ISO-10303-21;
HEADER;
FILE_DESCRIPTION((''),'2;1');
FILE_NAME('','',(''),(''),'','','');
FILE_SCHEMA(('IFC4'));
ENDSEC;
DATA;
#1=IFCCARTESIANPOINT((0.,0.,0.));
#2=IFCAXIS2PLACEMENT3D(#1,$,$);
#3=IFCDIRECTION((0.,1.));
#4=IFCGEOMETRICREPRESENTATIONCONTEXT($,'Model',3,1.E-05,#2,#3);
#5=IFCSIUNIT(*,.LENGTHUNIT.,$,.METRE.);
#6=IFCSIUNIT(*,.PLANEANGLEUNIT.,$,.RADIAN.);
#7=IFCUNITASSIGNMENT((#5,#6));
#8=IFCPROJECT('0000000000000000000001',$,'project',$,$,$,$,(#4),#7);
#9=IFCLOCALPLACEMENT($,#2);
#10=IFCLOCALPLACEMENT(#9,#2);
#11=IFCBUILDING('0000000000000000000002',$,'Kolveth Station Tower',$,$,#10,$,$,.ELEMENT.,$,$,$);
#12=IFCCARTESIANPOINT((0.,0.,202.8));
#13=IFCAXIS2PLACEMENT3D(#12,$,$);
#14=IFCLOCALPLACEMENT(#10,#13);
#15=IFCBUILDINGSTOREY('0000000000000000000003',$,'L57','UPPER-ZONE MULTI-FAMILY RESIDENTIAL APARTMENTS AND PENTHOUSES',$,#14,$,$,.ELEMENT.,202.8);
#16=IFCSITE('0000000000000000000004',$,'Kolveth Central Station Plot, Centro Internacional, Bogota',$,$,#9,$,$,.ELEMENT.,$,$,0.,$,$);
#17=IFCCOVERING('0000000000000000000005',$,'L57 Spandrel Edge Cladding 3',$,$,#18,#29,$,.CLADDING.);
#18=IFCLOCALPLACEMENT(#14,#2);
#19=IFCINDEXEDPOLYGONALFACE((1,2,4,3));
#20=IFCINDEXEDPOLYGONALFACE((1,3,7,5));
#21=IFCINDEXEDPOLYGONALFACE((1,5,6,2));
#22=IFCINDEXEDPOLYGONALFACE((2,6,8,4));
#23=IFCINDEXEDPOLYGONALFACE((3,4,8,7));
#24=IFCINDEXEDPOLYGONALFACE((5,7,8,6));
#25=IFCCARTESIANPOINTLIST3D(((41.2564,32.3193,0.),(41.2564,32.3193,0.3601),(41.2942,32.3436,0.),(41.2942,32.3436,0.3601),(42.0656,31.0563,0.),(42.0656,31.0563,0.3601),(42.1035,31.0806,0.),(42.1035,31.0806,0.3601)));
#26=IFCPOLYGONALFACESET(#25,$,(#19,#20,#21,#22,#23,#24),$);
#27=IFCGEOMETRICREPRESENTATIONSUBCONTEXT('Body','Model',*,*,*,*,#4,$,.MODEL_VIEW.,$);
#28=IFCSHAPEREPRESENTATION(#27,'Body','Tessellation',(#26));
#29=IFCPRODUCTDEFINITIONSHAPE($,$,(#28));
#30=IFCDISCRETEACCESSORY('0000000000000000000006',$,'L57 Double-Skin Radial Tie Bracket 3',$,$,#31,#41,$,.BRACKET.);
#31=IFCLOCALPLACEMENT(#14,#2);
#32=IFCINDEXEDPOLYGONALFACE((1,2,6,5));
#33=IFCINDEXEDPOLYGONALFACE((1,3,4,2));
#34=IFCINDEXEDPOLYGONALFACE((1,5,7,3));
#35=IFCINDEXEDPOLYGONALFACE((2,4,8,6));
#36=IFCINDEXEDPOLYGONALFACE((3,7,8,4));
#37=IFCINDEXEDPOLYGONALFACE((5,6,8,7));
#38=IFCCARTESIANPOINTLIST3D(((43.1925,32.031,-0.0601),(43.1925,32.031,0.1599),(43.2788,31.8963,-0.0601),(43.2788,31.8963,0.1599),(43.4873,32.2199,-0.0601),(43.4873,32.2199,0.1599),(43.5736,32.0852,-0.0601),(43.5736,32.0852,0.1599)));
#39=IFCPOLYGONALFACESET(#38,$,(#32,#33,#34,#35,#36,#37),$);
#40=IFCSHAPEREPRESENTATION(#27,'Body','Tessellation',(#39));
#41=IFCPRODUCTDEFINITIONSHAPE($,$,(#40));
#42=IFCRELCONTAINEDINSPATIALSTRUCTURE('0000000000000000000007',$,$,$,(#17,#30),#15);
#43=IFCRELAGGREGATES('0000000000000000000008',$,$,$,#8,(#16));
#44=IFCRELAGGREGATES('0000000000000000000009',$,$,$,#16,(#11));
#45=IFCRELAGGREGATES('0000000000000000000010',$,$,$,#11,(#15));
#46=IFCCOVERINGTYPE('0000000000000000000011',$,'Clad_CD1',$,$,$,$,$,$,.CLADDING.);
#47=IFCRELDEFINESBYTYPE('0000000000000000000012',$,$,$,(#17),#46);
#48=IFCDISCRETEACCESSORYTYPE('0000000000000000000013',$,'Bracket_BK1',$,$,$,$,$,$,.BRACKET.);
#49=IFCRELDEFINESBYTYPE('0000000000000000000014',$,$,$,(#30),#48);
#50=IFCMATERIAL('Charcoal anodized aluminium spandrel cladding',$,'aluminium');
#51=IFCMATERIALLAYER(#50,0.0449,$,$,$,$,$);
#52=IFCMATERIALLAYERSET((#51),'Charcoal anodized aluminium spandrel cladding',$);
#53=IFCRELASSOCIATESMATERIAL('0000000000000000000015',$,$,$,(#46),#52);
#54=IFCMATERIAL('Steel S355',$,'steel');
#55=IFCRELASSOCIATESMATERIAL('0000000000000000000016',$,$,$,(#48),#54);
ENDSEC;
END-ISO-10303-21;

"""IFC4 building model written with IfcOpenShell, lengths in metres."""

from ifc_helpers import new_model, si_unit, direction, frame, origin, origin_2d, place, context, subcontext, project, spatial, rectangle, extrude, source, transform, mapped, material, layer, layer_set, type_object, element, save


model = new_model("IFC4")

# Units and contexts
model_context = context("Model", 3, precision=1e-05, world=origin(), true_north=direction((0.0, 1.0)))
body_context = subcontext(model_context, "Body", "Model", "MODEL_VIEW")
ifc_project = project(units=[si_unit("LENGTHUNIT", "METRE"), si_unit("PLANEANGLEUNIT", "RADIAN")], contexts=[model_context])

# Site, building, storey
site_placement = place(None, origin())
site = spatial("IfcSite", under=ifc_project, at=site_placement, Name="Kolveth Central Station Plot, Centro Internacional, Bogota", CompositionType="ELEMENT", RefElevation=0.0)
building_placement = place(site_placement, origin())
building = spatial("IfcBuilding", under=site, at=building_placement, Name="Kolveth Station Tower", CompositionType="ELEMENT")
storey_placement = place(building_placement, frame((0.0, 0.0, 202.8)))
storey = spatial("IfcBuildingStorey", under=building, at=storey_placement, Name="L57", Description="UPPER-ZONE MULTI-FAMILY RESIDENTIAL APARTMENTS AND PENTHOUSES", CompositionType="ELEMENT", Elevation=202.8)

# Shared definitions
ifc_material_1 = material(Name="Steel S355", Category="steel")

# Covering
ifc_material_2 = material(Name="Charcoal anodized aluminium spandrel cladding", Category="aluminium")
ifc_layer_1 = layer(ifc_material_2, 0.0449)
ifc_layer_set_1 = layer_set([ifc_layer_1], Name="Charcoal anodized aluminium spandrel cladding")
covering_type = type_object("IfcCoveringType", Name="Clad_CD1", PredefinedType="CLADDING", material=ifc_layer_set_1)
shared_shape_1 = source(origin(), body_context, "Body", "SweptSolid", [
    extrude(rectangle(XDim=1.5, YDim=0.0449, at=origin_2d()), origin(), (0.0, 0.0, 1.0), 0.3601),
])
covering_placement = place(storey_placement, frame((41.6799, 31.7, 0.0), z_axis=(0.0, 0.0, 1.0), x_axis=(-0.539506, 0.841982, 0.0)))
element("IfcCovering", 1, at=covering_placement, inside=storey, type_object=covering_type, Name="L57 Spandrel Edge Cladding 3", PredefinedType="CLADDING", context=body_context, shape_type="MappedRepresentation", body=[
    mapped(shared_shape_1, transform((0.0, 0.0, 0.0), x_axis=(1.0, 0.0, 0.0), y_axis=(0.0, 1.0, 0.0), z_axis=(0.0, 0.0, 1.0), scale=1.0)),
])

# Discrete accessory
discrete_accessory_type = type_object("IfcDiscreteAccessoryType", Name="Bracket_BK1", PredefinedType="BRACKET", material=ifc_material_1)
shared_shape_2 = source(origin(), body_context, "Body", "SweptSolid", [
    extrude(rectangle(XDim=0.3501, YDim=0.1599, at=origin_2d()), origin(), (0.0, 0.0, 1.0), 0.22),
])
discrete_accessory_placement = place(storey_placement, frame((43.3831, 32.0581, -0.0601), z_axis=(0.0, 0.0, 1.0), x_axis=(0.841982, 0.539506, 0.0)))
element("IfcDiscreteAccessory", 2, at=discrete_accessory_placement, inside=storey, type_object=discrete_accessory_type, Name="L57 Double-Skin Radial Tie Bracket 3", PredefinedType="BRACKET", context=body_context, shape_type="MappedRepresentation", body=[
    mapped(shared_shape_2, transform((0.0, 0.0, 0.0), x_axis=(1.0, 0.0, 0.0), y_axis=(0.0, 1.0, 0.0), z_axis=(0.0, 0.0, 1.0), scale=1.0)),
])

save(model, "model.ifc")
